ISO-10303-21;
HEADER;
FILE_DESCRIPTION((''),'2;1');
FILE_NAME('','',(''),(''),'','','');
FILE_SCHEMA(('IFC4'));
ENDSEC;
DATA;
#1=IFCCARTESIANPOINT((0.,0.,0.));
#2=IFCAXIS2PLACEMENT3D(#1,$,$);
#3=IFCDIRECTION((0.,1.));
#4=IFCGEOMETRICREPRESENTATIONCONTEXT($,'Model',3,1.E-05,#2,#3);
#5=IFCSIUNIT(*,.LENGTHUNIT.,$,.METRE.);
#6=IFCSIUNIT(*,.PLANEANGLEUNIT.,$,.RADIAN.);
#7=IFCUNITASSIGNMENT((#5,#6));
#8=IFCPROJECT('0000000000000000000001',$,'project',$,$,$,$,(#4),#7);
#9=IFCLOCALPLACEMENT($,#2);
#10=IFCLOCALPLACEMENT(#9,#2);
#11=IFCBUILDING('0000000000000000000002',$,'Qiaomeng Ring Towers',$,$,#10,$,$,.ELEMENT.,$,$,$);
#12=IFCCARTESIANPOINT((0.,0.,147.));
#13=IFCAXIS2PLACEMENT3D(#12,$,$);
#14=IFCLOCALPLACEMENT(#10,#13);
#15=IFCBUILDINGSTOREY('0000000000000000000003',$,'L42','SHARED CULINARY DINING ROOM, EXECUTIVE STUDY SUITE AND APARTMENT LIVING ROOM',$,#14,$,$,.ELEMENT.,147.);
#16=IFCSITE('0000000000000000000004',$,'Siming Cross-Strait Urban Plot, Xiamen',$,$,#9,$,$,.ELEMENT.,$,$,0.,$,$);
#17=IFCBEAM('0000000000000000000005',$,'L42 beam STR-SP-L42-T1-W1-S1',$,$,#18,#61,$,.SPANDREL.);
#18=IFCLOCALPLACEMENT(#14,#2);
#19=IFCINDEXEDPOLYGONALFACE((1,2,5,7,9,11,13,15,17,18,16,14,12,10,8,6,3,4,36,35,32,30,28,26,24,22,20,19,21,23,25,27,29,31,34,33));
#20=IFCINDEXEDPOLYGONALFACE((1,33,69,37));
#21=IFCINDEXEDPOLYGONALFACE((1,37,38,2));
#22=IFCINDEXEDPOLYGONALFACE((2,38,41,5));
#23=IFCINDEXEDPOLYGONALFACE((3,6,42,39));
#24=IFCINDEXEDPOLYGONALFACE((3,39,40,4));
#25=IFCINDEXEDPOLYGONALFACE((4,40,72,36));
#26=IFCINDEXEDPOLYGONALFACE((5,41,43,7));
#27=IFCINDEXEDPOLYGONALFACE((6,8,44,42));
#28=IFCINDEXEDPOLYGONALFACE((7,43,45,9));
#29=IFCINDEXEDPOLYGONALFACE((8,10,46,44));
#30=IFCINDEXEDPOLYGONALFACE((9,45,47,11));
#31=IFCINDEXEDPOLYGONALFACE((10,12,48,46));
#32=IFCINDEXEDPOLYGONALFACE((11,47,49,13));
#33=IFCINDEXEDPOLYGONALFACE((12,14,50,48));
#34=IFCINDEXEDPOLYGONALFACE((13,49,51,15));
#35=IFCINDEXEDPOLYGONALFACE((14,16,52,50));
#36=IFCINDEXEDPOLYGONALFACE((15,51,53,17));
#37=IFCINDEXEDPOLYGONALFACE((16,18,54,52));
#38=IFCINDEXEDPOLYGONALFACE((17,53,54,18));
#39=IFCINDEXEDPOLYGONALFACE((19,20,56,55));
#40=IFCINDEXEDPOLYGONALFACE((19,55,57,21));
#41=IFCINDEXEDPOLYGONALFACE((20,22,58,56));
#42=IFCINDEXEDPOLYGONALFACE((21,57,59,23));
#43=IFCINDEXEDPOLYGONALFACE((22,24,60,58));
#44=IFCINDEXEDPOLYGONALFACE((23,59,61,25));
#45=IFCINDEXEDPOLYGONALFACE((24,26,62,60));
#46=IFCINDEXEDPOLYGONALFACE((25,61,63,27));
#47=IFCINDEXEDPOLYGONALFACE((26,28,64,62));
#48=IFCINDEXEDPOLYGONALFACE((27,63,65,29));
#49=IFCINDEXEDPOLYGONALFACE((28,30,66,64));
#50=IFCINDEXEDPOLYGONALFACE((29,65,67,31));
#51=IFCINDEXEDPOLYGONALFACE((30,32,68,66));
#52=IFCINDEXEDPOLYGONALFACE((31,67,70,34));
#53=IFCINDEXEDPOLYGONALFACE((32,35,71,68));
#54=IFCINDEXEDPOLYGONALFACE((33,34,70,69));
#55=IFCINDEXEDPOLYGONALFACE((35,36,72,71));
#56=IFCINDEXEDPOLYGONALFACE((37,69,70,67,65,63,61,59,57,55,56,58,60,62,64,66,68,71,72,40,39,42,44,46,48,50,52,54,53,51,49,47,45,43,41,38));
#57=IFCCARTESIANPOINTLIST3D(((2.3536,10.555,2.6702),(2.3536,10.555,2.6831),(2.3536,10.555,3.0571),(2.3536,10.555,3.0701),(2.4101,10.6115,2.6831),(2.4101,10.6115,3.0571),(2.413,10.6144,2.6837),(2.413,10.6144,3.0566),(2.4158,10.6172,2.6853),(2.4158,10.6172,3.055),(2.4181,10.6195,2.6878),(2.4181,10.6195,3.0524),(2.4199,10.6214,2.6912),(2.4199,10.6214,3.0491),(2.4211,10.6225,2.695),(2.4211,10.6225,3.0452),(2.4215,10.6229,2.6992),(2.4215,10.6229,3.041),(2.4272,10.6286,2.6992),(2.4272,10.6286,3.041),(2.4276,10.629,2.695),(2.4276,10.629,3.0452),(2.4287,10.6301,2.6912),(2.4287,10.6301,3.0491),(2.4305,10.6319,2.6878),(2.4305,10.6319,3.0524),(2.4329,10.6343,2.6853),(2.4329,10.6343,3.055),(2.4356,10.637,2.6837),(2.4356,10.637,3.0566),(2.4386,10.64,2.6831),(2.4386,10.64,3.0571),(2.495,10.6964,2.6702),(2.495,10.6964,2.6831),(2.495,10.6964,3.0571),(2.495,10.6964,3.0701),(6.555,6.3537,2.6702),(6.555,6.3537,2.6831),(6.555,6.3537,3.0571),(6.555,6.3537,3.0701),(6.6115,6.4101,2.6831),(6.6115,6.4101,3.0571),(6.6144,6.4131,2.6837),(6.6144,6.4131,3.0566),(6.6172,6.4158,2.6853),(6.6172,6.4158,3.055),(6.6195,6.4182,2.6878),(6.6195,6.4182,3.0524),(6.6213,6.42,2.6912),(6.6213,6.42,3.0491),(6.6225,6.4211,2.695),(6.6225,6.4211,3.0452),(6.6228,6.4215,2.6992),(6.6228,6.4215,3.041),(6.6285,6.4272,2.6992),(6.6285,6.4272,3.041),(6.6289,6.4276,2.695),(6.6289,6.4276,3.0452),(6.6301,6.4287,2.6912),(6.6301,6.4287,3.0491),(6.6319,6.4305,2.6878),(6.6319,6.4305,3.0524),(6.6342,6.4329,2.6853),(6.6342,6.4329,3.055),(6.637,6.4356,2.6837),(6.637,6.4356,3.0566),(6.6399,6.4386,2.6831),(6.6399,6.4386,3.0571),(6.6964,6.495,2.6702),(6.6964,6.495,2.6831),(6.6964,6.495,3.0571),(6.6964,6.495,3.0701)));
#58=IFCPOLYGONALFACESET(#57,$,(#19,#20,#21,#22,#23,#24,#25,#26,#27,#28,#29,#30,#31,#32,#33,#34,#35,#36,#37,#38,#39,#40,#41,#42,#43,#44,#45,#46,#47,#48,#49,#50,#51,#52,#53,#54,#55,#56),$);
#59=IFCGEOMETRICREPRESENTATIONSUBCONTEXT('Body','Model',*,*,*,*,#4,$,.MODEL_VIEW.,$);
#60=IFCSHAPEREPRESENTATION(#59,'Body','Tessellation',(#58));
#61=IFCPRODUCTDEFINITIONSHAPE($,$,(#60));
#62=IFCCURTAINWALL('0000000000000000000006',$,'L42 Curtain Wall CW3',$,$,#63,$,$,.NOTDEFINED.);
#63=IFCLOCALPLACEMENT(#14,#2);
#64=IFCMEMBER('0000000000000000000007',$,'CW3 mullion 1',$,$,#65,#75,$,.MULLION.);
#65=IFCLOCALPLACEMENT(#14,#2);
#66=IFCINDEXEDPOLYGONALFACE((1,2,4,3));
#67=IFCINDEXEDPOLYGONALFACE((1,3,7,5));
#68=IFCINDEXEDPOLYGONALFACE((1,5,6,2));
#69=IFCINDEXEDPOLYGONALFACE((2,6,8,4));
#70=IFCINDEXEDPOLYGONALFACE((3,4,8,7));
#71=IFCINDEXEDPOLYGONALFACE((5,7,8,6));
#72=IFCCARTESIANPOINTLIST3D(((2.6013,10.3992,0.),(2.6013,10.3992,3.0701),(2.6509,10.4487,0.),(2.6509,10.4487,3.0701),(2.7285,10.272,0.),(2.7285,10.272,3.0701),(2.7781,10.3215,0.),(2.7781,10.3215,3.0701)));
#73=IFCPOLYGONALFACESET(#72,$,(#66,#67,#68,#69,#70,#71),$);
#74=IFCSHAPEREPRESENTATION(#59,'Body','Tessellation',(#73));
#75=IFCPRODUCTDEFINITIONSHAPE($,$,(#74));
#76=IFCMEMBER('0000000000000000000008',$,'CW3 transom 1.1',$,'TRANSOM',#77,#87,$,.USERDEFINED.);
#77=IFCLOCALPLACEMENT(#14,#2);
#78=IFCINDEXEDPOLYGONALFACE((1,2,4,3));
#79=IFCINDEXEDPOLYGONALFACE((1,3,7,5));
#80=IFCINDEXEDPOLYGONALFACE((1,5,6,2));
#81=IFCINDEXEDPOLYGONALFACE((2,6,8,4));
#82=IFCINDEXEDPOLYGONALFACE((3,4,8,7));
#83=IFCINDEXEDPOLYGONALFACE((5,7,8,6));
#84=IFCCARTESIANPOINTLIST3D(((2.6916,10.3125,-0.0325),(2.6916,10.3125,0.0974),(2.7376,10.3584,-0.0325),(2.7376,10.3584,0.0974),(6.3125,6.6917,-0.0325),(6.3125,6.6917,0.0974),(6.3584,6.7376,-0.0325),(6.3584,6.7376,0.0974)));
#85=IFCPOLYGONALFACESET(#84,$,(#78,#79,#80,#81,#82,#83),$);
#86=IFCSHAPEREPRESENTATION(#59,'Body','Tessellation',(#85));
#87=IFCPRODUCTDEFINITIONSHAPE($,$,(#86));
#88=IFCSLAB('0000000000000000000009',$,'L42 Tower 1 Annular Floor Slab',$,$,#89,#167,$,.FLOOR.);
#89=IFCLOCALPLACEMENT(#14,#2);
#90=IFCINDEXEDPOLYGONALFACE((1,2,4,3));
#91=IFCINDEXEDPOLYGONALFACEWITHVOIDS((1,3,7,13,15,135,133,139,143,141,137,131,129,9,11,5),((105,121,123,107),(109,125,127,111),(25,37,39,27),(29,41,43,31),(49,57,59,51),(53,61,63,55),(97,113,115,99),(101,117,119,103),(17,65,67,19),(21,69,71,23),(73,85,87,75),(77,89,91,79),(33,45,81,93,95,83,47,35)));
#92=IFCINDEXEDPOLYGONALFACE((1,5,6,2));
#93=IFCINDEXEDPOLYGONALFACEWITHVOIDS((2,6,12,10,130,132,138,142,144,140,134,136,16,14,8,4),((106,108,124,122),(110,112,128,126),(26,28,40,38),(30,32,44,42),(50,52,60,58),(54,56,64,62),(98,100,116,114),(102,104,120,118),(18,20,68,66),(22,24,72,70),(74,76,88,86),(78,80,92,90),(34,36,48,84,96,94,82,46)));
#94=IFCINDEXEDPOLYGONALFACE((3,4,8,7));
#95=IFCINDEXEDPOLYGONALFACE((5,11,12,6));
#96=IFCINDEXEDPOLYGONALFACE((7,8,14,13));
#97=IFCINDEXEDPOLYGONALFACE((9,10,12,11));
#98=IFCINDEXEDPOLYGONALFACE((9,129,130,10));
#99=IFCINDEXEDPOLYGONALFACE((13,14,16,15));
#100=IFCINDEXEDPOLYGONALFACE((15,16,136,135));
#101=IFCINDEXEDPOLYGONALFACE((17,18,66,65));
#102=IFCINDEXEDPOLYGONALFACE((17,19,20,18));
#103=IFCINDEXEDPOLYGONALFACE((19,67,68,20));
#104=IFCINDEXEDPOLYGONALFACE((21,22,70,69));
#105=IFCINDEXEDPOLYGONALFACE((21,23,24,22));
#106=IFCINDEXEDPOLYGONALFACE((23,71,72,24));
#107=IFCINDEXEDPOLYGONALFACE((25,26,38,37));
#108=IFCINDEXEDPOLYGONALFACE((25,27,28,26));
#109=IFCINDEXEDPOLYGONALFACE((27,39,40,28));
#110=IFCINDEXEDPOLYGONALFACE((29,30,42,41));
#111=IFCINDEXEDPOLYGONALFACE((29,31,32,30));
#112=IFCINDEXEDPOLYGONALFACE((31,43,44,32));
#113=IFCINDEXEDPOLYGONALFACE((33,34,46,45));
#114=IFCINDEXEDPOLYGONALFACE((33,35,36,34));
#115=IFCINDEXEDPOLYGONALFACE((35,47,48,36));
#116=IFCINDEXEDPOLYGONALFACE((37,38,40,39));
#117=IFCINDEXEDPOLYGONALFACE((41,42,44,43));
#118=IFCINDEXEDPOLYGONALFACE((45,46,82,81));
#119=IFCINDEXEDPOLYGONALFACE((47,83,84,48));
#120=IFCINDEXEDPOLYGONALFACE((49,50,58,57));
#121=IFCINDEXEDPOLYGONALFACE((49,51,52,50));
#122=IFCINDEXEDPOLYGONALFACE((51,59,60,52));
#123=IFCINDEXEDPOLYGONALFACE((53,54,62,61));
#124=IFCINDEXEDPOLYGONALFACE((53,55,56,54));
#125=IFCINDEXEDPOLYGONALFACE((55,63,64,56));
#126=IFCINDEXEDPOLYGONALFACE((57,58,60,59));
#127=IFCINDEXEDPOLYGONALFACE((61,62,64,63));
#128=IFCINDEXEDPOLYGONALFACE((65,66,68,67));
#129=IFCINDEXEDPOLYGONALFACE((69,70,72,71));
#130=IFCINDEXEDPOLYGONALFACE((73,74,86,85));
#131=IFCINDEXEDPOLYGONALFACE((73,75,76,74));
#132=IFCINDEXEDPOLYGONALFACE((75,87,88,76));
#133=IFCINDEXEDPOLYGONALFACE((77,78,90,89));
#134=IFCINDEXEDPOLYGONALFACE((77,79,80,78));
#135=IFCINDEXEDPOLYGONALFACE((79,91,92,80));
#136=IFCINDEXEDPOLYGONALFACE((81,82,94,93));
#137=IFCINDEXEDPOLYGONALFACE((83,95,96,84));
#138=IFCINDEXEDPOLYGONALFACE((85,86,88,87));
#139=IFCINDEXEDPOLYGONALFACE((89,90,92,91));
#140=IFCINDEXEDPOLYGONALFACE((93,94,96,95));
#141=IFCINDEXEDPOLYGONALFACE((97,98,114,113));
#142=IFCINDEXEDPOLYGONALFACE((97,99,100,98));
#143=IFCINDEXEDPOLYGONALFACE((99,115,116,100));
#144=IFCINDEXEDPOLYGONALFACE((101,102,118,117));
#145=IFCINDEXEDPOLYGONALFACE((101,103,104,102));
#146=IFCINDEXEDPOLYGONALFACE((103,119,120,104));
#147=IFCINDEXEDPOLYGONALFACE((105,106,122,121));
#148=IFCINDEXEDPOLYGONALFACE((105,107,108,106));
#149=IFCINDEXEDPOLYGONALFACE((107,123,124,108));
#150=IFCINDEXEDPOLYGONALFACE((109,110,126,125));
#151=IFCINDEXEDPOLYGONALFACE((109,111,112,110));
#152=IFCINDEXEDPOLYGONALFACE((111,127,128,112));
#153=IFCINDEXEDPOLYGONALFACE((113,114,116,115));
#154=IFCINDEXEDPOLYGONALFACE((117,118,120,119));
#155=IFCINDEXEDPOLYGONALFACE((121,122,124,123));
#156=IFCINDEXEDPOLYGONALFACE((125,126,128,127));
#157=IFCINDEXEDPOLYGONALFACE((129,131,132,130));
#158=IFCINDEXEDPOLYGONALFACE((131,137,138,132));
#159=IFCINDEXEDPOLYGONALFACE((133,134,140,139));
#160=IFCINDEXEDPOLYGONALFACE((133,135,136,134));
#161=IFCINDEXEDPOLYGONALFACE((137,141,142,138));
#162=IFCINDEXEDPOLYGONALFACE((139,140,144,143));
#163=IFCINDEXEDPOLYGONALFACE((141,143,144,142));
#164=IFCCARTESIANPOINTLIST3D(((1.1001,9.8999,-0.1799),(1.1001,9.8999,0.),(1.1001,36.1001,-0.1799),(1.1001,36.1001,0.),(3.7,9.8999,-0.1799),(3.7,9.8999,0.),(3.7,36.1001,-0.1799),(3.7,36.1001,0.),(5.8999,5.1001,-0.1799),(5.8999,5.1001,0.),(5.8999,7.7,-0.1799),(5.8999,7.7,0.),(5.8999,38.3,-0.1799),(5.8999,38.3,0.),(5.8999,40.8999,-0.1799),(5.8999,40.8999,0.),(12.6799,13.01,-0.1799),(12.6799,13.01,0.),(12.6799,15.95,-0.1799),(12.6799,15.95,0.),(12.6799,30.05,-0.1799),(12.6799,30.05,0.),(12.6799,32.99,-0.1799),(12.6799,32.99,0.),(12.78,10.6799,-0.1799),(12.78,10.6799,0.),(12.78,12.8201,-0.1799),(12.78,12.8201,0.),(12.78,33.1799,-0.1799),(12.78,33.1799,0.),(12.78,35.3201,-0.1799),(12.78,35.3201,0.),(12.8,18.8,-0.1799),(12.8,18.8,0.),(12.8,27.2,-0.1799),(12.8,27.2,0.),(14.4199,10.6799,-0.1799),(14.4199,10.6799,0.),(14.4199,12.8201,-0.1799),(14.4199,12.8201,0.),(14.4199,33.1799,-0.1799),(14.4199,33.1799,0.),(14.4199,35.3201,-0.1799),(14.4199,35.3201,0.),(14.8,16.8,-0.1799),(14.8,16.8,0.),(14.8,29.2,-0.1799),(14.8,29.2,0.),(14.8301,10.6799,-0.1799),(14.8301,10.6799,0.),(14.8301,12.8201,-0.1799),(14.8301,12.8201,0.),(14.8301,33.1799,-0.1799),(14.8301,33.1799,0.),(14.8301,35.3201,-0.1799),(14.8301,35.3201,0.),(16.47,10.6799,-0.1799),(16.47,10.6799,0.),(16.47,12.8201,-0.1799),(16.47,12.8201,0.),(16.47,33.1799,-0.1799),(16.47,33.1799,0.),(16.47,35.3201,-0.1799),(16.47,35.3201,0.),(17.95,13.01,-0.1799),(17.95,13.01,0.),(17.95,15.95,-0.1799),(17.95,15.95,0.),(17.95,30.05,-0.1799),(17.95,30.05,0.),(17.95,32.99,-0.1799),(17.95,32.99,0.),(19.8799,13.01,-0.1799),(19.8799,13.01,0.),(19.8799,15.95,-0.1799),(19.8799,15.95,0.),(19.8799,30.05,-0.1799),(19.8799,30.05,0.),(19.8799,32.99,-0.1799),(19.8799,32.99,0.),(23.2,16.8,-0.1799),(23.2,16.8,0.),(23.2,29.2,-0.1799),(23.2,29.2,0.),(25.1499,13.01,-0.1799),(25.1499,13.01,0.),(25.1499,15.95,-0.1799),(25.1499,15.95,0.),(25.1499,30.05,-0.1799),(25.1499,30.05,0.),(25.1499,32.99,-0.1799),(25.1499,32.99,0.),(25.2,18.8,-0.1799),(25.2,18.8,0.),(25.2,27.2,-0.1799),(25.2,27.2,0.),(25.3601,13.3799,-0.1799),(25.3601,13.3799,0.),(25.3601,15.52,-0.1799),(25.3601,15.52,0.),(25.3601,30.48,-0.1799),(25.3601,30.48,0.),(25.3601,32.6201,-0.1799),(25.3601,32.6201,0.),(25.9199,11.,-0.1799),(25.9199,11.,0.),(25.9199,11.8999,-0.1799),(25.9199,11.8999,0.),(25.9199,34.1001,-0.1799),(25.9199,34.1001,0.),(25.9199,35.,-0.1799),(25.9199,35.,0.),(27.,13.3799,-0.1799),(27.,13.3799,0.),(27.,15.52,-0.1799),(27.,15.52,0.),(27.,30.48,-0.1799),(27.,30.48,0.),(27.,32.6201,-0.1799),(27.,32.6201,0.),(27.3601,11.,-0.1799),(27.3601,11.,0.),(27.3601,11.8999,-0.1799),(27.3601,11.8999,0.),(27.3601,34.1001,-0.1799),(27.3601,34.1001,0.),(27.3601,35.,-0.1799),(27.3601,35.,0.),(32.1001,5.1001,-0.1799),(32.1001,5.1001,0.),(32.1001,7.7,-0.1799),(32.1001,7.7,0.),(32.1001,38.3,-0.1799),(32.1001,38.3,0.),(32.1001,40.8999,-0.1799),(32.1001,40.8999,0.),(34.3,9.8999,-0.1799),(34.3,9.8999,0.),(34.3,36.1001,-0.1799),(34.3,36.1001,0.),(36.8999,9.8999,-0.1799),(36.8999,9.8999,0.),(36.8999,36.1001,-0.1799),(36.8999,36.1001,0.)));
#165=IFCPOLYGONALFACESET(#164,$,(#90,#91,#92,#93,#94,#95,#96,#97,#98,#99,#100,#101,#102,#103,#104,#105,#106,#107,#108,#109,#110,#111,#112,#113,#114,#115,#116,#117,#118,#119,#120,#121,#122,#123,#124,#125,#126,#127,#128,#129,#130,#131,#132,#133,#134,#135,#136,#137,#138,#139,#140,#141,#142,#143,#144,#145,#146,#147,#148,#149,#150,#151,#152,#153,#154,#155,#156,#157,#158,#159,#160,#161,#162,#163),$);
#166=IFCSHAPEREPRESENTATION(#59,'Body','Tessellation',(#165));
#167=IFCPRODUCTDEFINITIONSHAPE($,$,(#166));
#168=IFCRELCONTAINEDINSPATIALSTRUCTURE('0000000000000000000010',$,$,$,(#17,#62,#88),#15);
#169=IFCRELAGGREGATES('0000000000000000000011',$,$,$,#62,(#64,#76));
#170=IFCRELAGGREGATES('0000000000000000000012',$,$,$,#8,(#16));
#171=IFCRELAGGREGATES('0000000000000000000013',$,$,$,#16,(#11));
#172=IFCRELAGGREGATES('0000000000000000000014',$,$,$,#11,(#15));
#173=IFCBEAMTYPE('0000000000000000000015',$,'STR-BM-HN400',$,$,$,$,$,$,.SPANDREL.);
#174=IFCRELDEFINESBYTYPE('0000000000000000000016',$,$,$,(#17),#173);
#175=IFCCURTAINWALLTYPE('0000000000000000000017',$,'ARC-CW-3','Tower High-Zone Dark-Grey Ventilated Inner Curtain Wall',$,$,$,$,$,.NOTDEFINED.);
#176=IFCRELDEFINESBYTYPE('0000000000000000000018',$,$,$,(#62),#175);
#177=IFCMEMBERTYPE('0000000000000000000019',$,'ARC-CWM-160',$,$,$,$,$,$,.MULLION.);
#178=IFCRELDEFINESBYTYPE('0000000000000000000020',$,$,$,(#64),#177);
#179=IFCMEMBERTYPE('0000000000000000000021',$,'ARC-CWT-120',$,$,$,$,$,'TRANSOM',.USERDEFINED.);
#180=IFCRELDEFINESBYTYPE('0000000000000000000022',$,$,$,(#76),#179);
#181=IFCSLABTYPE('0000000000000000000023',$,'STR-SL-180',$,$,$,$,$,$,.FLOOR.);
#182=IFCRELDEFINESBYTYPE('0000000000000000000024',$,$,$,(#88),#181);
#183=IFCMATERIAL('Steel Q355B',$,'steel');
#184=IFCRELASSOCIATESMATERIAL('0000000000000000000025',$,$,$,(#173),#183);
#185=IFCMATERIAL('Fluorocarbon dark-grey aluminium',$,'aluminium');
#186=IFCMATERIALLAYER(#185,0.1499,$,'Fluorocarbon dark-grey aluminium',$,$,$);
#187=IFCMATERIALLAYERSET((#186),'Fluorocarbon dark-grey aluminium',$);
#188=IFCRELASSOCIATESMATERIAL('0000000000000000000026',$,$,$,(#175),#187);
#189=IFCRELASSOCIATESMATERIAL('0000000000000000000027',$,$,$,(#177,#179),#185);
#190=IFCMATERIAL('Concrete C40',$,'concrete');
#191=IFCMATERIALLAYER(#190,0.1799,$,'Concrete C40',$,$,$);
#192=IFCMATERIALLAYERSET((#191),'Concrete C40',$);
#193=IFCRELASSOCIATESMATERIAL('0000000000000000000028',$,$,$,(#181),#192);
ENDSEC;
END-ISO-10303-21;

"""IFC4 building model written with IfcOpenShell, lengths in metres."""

from ifc_helpers import new_model, si_unit, direction, frame, origin, origin_2d, place, context, subcontext, project, spatial, polyline, rectangle, i_section, outline, extrude, source, transform, mapped, material, layer, layer_set, material_profile, profile_set, type_object, element, aggregate, save


model = new_model("IFC4")

# Units and contexts
model_context = context("Model", 3, precision=1e-05, world=origin(), true_north=direction((0.0, 1.0)))
body_context = subcontext(model_context, "Body", "Model", "MODEL_VIEW")
ifc_project = project(units=[si_unit("LENGTHUNIT", "METRE"), si_unit("PLANEANGLEUNIT", "RADIAN")], contexts=[model_context])

# Site, building, storey
site_placement = place(None, origin())
site = spatial("IfcSite", under=ifc_project, at=site_placement, Name="Siming Cross-Strait Urban Plot, Xiamen", CompositionType="ELEMENT", RefElevation=0.0)
building_placement = place(site_placement, origin())
building = spatial("IfcBuilding", under=site, at=building_placement, Name="Qiaomeng Ring Towers", CompositionType="ELEMENT")
storey_placement = place(building_placement, frame((0.0, 0.0, 147.0)))
storey = spatial("IfcBuildingStorey", under=building, at=storey_placement, Name="L42", Description="SHARED CULINARY DINING ROOM, EXECUTIVE STUDY SUITE AND APARTMENT LIVING ROOM", CompositionType="ELEMENT", Elevation=147.0)

# Beam
ifc_material_1 = material(Name="Steel Q355B", Category="steel")
ifc_material_profile_1 = material_profile(ifc_material_1, i_section(OverallWidth=0.2, OverallDepth=0.3999, WebThickness=0.0081, FlangeThickness=0.0129, FilletRadius=0.0161, at=origin_2d()), Name="HN 400x200x8x13")
ifc_profile_set_1 = profile_set([ifc_material_profile_1], Name="Steel Q355B")
beam_type = type_object("IfcBeamType", Name="STR-BM-HN400", PredefinedType="SPANDREL", material=ifc_profile_set_1)
shared_shape_1 = source(origin(), body_context, "Body", "SweptSolid", [
    extrude(i_section(OverallWidth=0.2, OverallDepth=0.3999, WebThickness=0.0081, FlangeThickness=0.0129, FilletRadius=0.0161, at=origin_2d()), origin(), (0.0, 0.0, 1.0), 5.9417),
])
beam_placement = place(storey_placement, frame((2.4243, 10.6257, 2.8701), z_axis=(0.707107, -0.707107, 0.0), x_axis=(0.707107, 0.707107, 0.0)))
element("IfcBeam", 1, at=beam_placement, inside=storey, type_object=beam_type, Name="L42 beam STR-SP-L42-T1-W1-S1", PredefinedType="SPANDREL", context=body_context, shape_type="MappedRepresentation", body=[
    mapped(shared_shape_1, transform((0.0, 0.0, 0.0), x_axis=(1.0, 0.0, 0.0), y_axis=(0.0, 1.0, 0.0), z_axis=(0.0, 0.0, 1.0), scale=1.0)),
])

# Curtain wall, members
ifc_material_2 = material(Name="Fluorocarbon dark-grey aluminium", Category="aluminium")
ifc_layer_1 = layer(ifc_material_2, 0.1499, Name="Fluorocarbon dark-grey aluminium")
ifc_layer_set_1 = layer_set([ifc_layer_1], Name="Fluorocarbon dark-grey aluminium")
curtain_wall_type = type_object("IfcCurtainWallType", Name="ARC-CW-3", Description="Tower High-Zone Dark-Grey Ventilated Inner Curtain Wall", PredefinedType="NOTDEFINED", material=ifc_layer_set_1)
curtain_wall_placement = place(storey_placement, origin())
curtain_wall = element("IfcCurtainWall", 2, at=curtain_wall_placement, inside=storey, type_object=curtain_wall_type, Name="L42 Curtain Wall CW3", PredefinedType="NOTDEFINED")
ifc_material_profile_2 = material_profile(ifc_material_2, rectangle(XDim=0.0701, YDim=0.1799, at=origin_2d()), Name="ALU MULL 70x180")
ifc_profile_set_2 = profile_set([ifc_material_profile_2], Name="Fluorocarbon dark-grey aluminium")
member_type_1 = type_object("IfcMemberType", Name="ARC-CWM-160", PredefinedType="MULLION", material=ifc_profile_set_2)
shared_shape_2 = source(origin(), body_context, "Body", "SweptSolid", [
    extrude(rectangle(XDim=0.0701, YDim=0.1799, at=origin_2d()), origin(), (0.0, 0.0, 1.0), 3.0701),
])
member_1_placement = place(storey_placement, frame((2.6897, 10.3604, 0.0), z_axis=(0.0, 0.0, 1.0), x_axis=(0.707107, 0.707107, 0.0)))
member_1 = element("IfcMember", 3, at=member_1_placement, type_object=member_type_1, Name="CW3 mullion 1", PredefinedType="MULLION", context=body_context, shape_type="MappedRepresentation", body=[
    mapped(shared_shape_2, transform((0.0, 0.0, 0.0), x_axis=(1.0, 0.0, 0.0), y_axis=(0.0, 1.0, 0.0), z_axis=(0.0, 0.0, 1.0), scale=1.0)),
])
ifc_material_profile_3 = material_profile(ifc_material_2, rectangle(XDim=0.0649, YDim=0.1299, at=origin_2d()), Name="ALU TRAN 65x130")
ifc_profile_set_3 = profile_set([ifc_material_profile_3], Name="Fluorocarbon dark-grey aluminium")
member_type_2 = type_object("IfcMemberType", Name="ARC-CWT-120", ElementType="TRANSOM", PredefinedType="USERDEFINED", material=ifc_profile_set_3)
shared_shape_3 = source(origin(), body_context, "Body", "SweptSolid", [
    extrude(rectangle(XDim=0.0649, YDim=0.1299, at=origin_2d()), origin(), (0.0, 0.0, 1.0), 5.1206),
])
member_2_placement = place(storey_placement, frame((2.7146, 10.3354, 0.0325), z_axis=(0.707107, -0.707107, 0.0), x_axis=(0.707107, 0.707107, 0.0)))
member_2 = element("IfcMember", 4, at=member_2_placement, type_object=member_type_2, Name="CW3 transom 1.1", ObjectType="TRANSOM", PredefinedType="USERDEFINED", context=body_context, shape_type="MappedRepresentation", body=[
    mapped(shared_shape_3, transform((0.0, 0.0, 0.0), x_axis=(1.0, 0.0, 0.0), y_axis=(0.0, 1.0, 0.0), z_axis=(0.0, 0.0, 1.0), scale=1.0)),
])
aggregate(curtain_wall, [member_1, member_2])

# Slab
ifc_material_3 = material(Name="Concrete C40", Category="concrete")
ifc_layer_2 = layer(ifc_material_3, 0.1799, Name="Concrete C40")
ifc_layer_set_2 = layer_set([ifc_layer_2], Name="Concrete C40")
slab_type_1 = type_object("IfcSlabType", Name="STR-SL-180", PredefinedType="FLOOR", material=ifc_layer_set_2)
slab_1_placement = place(storey_placement, frame((0.0, 0.0, -0.1799)))
element("IfcSlab", 5, at=slab_1_placement, inside=storey, type_object=slab_type_1, Name="L42 Tower 1 Annular Floor Slab", PredefinedType="FLOOR", context=body_context, shape_type="SweptSolid", body=[
    extrude(outline(polyline([(5.8999, 5.1001), (32.1001, 5.1001), (32.1001, 7.7), (34.3, 9.8999), (36.8999, 9.8999), (36.8999, 36.1001), (34.3, 36.1001), (32.1001, 38.3), (32.1001, 40.8999), (5.8999, 40.8999), (5.8999, 38.3), (3.7, 36.1001), (1.1001, 36.1001), (1.1001, 9.8999), (3.7, 9.8999), (5.8999, 7.7), (5.8999, 5.1001)]), holes=[polyline([(12.78, 10.6799), (12.78, 12.8201), (14.4199, 12.8201), (14.4199, 10.6799), (12.78, 10.6799)]), polyline([(14.8301, 12.8201), (16.47, 12.8201), (16.47, 10.6799), (14.8301, 10.6799), (14.8301, 12.8201)]), polyline([(12.6799, 15.95), (17.95, 15.95), (17.95, 13.01), (12.6799, 13.01), (12.6799, 15.95)]), polyline([(23.2, 29.2), (25.2, 27.2), (25.2, 18.8), (23.2, 16.8), (14.8, 16.8), (12.8, 18.8), (12.8, 27.2), (14.8, 29.2), (23.2, 29.2)]), polyline([(12.6799, 32.99), (17.95, 32.99), (17.95, 30.05), (12.6799, 30.05), (12.6799, 32.99)]), polyline([(12.78, 35.3201), (14.4199, 35.3201), (14.4199, 33.1799), (12.78, 33.1799), (12.78, 35.3201)]), polyline([(14.8301, 33.1799), (14.8301, 35.3201), (16.47, 35.3201), (16.47, 33.1799), (14.8301, 33.1799)]), polyline([(25.9199, 11.8999), (27.3601, 11.8999), (27.3601, 11.0), (25.9199, 11.0), (25.9199, 11.8999)]), polyline([(25.3601, 15.52), (27.0, 15.52), (27.0, 13.3799), (25.3601, 13.3799), (25.3601, 15.52)]), polyline([(19.8799, 15.95), (25.1499, 15.95), (25.1499, 13.01), (19.8799, 13.01), (19.8799, 15.95)]), polyline([(19.8799, 32.99), (25.1499, 32.99), (25.1499, 30.05), (19.8799, 30.05), (19.8799, 32.99)]), polyline([(25.3601, 32.6201), (27.0, 32.6201), (27.0, 30.48), (25.3601, 30.48), (25.3601, 32.6201)]), polyline([(25.9199, 35.0), (27.3601, 35.0), (27.3601, 34.1001), (25.9199, 34.1001), (25.9199, 35.0)])]), origin(), (0.0, 0.0, 1.0), 0.1799),
])

save(model, "model.ifc")
